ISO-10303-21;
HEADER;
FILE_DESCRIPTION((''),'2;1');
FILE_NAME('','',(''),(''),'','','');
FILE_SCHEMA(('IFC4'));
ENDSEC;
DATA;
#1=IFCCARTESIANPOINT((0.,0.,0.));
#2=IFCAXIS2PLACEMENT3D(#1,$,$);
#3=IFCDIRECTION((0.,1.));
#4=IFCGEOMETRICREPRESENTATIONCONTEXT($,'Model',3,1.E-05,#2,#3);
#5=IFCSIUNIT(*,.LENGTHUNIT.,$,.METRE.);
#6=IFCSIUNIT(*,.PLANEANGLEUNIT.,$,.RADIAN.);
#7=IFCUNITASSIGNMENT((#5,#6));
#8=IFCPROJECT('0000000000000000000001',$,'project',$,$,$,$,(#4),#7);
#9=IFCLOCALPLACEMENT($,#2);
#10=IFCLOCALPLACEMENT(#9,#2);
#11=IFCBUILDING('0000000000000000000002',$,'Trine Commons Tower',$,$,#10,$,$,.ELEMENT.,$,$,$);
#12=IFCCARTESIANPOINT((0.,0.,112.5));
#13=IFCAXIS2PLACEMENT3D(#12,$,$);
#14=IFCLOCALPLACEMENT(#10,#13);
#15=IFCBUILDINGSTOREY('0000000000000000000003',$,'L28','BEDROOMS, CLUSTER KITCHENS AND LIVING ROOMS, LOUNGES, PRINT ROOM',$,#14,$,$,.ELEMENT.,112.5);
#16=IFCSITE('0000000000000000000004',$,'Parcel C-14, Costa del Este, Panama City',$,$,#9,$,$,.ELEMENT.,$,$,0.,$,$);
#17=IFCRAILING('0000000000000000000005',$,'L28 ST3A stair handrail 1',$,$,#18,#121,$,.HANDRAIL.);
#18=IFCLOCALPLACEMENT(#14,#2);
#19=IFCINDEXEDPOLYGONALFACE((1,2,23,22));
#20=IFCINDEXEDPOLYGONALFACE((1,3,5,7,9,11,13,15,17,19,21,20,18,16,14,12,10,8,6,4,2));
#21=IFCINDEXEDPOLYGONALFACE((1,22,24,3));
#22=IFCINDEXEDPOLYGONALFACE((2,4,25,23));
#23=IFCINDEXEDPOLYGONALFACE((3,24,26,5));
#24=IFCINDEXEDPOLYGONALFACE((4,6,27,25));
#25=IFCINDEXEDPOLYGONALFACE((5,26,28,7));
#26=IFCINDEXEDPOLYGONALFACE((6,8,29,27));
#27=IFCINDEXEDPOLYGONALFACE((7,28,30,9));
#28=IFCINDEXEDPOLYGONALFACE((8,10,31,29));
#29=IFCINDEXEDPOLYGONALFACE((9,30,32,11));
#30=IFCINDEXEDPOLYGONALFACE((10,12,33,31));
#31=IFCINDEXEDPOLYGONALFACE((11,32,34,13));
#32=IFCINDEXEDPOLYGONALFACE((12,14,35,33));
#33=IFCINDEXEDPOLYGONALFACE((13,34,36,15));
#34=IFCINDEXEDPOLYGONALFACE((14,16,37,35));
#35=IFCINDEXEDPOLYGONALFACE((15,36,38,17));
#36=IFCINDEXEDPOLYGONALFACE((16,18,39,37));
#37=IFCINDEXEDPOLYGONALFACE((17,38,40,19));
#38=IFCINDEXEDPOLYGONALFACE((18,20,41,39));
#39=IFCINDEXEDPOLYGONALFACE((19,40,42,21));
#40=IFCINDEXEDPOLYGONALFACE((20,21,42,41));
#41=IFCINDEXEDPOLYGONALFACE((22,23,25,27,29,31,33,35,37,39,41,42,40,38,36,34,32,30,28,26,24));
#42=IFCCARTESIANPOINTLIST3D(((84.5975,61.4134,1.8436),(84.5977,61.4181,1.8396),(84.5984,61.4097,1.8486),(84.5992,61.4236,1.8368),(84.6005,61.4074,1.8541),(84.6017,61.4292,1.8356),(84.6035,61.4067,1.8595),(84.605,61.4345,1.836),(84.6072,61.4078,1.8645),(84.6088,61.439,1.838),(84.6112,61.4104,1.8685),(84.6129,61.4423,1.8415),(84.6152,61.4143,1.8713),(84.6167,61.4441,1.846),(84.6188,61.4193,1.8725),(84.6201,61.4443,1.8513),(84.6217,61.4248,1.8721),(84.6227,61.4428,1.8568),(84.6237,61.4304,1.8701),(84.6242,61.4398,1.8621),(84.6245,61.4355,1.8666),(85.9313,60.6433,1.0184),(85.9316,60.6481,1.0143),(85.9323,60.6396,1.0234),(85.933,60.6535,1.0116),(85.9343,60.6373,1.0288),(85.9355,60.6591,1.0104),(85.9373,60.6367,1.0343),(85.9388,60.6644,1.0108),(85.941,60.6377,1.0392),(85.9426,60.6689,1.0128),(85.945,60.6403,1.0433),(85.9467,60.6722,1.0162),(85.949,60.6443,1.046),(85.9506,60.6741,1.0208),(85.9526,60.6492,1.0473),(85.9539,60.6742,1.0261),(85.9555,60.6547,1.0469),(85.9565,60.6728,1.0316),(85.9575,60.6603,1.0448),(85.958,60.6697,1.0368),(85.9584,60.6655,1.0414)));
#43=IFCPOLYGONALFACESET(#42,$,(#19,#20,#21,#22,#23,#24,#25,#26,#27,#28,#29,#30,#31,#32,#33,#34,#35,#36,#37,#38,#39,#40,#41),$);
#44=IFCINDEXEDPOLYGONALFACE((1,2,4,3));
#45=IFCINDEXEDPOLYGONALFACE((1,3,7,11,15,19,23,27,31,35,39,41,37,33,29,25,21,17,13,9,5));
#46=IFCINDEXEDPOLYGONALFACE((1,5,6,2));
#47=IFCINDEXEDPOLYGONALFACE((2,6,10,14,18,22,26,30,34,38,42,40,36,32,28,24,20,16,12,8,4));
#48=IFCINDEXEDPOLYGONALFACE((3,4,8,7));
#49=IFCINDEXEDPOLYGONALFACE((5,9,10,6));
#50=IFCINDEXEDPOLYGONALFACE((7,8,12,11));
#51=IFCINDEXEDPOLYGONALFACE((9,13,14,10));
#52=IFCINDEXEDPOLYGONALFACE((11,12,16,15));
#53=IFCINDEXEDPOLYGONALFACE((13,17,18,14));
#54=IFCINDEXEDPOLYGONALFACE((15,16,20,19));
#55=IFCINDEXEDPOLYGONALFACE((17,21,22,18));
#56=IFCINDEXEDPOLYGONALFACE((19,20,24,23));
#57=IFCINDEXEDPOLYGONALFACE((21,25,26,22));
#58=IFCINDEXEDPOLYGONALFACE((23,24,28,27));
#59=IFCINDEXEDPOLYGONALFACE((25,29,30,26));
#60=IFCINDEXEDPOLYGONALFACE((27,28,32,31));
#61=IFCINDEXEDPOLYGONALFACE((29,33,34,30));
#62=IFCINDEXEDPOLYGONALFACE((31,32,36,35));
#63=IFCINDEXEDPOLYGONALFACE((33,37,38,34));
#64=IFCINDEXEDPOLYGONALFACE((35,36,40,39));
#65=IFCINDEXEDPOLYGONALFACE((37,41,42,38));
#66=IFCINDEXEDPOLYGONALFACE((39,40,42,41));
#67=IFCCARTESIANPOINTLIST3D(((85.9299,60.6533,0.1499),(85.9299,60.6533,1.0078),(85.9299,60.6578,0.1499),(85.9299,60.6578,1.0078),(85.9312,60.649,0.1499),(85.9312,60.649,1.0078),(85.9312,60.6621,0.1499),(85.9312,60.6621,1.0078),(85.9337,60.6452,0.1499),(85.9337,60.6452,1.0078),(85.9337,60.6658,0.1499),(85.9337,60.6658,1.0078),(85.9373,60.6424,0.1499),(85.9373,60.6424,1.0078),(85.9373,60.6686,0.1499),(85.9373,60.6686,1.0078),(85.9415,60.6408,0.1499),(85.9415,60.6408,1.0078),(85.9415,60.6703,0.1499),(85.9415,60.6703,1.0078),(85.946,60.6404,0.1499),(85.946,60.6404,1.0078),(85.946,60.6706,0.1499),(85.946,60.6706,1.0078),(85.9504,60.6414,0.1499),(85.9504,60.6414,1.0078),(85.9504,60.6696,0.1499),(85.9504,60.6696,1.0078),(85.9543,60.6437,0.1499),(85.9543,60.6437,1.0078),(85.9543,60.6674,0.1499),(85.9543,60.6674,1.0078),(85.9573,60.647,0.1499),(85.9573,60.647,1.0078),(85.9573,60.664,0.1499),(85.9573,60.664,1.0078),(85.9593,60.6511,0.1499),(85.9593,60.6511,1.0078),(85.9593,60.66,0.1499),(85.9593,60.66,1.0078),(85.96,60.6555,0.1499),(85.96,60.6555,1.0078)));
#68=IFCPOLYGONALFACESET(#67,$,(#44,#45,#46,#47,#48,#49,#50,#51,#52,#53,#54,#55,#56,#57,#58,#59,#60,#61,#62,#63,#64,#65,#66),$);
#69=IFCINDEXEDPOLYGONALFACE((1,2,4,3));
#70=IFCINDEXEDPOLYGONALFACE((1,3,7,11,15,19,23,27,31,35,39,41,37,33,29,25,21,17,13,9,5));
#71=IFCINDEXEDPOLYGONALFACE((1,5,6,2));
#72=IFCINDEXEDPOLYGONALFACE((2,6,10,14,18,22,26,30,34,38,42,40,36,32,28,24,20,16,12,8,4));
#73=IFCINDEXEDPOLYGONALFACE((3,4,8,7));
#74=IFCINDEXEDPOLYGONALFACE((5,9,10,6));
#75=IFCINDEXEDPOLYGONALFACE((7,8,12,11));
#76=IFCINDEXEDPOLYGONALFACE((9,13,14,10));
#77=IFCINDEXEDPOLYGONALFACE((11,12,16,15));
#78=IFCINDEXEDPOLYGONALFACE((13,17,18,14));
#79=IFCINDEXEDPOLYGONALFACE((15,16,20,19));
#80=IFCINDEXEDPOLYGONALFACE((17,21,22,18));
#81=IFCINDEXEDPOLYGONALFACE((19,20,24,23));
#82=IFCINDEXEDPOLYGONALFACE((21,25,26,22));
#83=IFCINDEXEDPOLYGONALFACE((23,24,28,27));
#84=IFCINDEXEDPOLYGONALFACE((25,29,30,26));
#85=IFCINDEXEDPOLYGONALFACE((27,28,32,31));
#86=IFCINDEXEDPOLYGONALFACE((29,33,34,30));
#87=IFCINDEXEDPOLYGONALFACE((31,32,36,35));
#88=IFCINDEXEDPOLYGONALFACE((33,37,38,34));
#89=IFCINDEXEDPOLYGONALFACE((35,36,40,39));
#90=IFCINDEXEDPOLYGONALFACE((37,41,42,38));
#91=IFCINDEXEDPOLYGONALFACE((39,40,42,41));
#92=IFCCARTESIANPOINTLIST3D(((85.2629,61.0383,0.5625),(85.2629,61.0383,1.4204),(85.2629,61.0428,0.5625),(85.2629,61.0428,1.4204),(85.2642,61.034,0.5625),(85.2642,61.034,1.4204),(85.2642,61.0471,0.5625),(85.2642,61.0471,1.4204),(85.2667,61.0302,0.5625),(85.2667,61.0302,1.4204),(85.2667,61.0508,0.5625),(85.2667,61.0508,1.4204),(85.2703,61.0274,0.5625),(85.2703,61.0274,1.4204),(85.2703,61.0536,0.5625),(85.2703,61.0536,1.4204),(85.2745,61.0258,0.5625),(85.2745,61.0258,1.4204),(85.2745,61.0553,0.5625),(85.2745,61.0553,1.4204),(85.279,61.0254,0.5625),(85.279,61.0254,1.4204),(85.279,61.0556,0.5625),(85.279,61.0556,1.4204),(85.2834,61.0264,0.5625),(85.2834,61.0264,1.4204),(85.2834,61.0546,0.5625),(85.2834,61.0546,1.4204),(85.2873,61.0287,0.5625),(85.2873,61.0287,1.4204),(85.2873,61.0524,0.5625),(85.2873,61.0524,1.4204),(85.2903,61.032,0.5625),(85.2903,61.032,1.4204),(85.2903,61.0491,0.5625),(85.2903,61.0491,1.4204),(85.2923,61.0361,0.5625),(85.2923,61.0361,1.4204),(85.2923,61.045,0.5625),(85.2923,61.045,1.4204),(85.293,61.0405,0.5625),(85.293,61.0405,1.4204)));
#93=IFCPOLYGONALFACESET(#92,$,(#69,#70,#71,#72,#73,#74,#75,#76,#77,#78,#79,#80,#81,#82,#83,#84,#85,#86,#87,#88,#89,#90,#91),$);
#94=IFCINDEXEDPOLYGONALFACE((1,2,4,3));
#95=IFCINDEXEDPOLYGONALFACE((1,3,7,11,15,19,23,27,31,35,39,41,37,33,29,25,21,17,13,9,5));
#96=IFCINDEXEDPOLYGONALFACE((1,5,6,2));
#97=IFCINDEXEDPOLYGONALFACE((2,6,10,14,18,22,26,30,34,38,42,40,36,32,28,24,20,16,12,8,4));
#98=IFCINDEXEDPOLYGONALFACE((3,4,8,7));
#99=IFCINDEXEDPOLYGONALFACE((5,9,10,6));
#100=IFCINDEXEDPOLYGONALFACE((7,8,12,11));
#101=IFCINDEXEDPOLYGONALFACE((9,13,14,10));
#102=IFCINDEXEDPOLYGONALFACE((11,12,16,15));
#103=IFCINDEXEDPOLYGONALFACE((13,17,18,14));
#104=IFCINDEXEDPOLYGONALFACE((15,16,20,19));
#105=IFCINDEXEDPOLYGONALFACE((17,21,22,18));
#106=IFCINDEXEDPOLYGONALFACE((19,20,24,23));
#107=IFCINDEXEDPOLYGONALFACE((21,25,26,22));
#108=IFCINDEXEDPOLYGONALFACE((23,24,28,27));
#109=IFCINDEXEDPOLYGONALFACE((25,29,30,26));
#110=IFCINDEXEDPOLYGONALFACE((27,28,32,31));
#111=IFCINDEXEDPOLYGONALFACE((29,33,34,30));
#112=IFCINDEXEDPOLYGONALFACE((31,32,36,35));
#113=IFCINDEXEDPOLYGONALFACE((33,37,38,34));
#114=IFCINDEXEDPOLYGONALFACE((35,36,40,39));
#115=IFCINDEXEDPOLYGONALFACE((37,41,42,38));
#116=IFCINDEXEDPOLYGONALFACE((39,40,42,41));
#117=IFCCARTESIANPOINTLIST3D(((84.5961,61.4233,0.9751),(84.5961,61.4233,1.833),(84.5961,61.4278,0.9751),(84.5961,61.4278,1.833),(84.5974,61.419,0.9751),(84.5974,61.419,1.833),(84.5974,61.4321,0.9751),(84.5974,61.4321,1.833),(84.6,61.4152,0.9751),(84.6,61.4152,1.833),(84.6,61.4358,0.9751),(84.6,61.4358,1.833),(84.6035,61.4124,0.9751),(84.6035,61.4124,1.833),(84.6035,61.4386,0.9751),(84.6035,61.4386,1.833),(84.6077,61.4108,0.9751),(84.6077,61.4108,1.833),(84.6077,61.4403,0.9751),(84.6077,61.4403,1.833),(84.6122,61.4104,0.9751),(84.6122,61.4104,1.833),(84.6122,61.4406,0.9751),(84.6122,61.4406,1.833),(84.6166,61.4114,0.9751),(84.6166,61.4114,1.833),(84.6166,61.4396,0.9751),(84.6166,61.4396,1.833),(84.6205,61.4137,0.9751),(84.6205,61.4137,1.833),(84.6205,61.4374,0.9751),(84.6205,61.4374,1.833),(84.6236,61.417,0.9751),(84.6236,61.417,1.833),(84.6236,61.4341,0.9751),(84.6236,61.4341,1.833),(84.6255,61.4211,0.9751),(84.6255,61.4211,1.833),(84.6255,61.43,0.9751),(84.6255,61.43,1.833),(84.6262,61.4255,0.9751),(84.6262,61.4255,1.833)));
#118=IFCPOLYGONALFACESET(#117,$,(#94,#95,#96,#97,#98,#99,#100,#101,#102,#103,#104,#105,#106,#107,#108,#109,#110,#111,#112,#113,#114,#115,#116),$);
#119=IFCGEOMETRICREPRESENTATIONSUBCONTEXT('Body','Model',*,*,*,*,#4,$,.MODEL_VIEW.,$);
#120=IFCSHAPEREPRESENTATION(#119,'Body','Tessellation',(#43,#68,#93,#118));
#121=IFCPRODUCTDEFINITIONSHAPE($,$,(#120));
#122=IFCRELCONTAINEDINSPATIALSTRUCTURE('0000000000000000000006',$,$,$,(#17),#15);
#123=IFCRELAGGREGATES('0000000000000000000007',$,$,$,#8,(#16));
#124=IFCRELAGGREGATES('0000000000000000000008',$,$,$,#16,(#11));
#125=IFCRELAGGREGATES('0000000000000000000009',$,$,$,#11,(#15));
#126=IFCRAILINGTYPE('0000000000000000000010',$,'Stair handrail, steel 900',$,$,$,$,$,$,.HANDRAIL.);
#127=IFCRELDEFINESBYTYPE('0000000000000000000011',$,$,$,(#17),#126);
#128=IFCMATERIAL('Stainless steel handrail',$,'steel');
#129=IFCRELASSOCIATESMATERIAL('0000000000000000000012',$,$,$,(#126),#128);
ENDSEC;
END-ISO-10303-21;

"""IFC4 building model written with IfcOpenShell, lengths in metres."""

from ifc_helpers import new_model, si_unit, direction, frame, origin, origin_2d, place, context, subcontext, project, spatial, circle, extrude, material, type_object, element, save


model = new_model("IFC4")

# Units and contexts
model_context = context("Model", 3, precision=1e-05, world=origin(), true_north=direction((0.0, 1.0)))
body_context = subcontext(model_context, "Body", "Model", "MODEL_VIEW")
ifc_project = project(units=[si_unit("LENGTHUNIT", "METRE"), si_unit("PLANEANGLEUNIT", "RADIAN")], contexts=[model_context])

# Site, building, storey
site_placement = place(None, origin())
site = spatial("IfcSite", under=ifc_project, at=site_placement, Name="Parcel C-14, Costa del Este, Panama City", CompositionType="ELEMENT", RefElevation=0.0)
building_placement = place(site_placement, origin())
building = spatial("IfcBuilding", under=site, at=building_placement, Name="Trine Commons Tower", CompositionType="ELEMENT")
storey_placement = place(building_placement, frame((0.0, 0.0, 112.5)))
storey = spatial("IfcBuildingStorey", under=building, at=storey_placement, Name="L28", Description="BEDROOMS, CLUSTER KITCHENS AND LIVING ROOMS, LOUNGES, PRINT ROOM", CompositionType="ELEMENT", Elevation=112.5)

# Railing
ifc_material_1 = material(Name="Stainless steel handrail", Category="steel")
railing_type_1 = type_object("IfcRailingType", Name="Stair handrail, steel 900", PredefinedType="HANDRAIL", material=ifc_material_1)
railing_1_placement = place(storey_placement, frame((85.9448, 60.6555, 0.1499)))
element("IfcRailing", 1, at=railing_1_placement, inside=storey, type_object=railing_type_1, Name="L28 ST3A stair handrail 1", PredefinedType="HANDRAIL", context=body_context, shape_type="SweptSolid", body=[
    extrude(circle(Radius=0.021, at=origin_2d()), frame((0.0, 0.0, 0.8789), z_axis=(-0.763355, 0.440714, 0.472293), x_axis=(-0.499992, -0.86603, 0.0)), (0.0, 0.0, 1.0), 1.7473),
    extrude(circle(Radius=0.0151, at=origin_2d()), origin(), (0.0, 0.0, 1.0), 0.8579),
    extrude(circle(Radius=0.0151, at=origin_2d()), frame((-0.667, 0.385, 0.4126)), (0.0, 0.0, 1.0), 0.8579),
    extrude(circle(Radius=0.0151, at=origin_2d()), frame((-1.3337, 0.77, 0.8252)), (0.0, 0.0, 1.0), 0.8579),
])

save(model, "model.ifc")
